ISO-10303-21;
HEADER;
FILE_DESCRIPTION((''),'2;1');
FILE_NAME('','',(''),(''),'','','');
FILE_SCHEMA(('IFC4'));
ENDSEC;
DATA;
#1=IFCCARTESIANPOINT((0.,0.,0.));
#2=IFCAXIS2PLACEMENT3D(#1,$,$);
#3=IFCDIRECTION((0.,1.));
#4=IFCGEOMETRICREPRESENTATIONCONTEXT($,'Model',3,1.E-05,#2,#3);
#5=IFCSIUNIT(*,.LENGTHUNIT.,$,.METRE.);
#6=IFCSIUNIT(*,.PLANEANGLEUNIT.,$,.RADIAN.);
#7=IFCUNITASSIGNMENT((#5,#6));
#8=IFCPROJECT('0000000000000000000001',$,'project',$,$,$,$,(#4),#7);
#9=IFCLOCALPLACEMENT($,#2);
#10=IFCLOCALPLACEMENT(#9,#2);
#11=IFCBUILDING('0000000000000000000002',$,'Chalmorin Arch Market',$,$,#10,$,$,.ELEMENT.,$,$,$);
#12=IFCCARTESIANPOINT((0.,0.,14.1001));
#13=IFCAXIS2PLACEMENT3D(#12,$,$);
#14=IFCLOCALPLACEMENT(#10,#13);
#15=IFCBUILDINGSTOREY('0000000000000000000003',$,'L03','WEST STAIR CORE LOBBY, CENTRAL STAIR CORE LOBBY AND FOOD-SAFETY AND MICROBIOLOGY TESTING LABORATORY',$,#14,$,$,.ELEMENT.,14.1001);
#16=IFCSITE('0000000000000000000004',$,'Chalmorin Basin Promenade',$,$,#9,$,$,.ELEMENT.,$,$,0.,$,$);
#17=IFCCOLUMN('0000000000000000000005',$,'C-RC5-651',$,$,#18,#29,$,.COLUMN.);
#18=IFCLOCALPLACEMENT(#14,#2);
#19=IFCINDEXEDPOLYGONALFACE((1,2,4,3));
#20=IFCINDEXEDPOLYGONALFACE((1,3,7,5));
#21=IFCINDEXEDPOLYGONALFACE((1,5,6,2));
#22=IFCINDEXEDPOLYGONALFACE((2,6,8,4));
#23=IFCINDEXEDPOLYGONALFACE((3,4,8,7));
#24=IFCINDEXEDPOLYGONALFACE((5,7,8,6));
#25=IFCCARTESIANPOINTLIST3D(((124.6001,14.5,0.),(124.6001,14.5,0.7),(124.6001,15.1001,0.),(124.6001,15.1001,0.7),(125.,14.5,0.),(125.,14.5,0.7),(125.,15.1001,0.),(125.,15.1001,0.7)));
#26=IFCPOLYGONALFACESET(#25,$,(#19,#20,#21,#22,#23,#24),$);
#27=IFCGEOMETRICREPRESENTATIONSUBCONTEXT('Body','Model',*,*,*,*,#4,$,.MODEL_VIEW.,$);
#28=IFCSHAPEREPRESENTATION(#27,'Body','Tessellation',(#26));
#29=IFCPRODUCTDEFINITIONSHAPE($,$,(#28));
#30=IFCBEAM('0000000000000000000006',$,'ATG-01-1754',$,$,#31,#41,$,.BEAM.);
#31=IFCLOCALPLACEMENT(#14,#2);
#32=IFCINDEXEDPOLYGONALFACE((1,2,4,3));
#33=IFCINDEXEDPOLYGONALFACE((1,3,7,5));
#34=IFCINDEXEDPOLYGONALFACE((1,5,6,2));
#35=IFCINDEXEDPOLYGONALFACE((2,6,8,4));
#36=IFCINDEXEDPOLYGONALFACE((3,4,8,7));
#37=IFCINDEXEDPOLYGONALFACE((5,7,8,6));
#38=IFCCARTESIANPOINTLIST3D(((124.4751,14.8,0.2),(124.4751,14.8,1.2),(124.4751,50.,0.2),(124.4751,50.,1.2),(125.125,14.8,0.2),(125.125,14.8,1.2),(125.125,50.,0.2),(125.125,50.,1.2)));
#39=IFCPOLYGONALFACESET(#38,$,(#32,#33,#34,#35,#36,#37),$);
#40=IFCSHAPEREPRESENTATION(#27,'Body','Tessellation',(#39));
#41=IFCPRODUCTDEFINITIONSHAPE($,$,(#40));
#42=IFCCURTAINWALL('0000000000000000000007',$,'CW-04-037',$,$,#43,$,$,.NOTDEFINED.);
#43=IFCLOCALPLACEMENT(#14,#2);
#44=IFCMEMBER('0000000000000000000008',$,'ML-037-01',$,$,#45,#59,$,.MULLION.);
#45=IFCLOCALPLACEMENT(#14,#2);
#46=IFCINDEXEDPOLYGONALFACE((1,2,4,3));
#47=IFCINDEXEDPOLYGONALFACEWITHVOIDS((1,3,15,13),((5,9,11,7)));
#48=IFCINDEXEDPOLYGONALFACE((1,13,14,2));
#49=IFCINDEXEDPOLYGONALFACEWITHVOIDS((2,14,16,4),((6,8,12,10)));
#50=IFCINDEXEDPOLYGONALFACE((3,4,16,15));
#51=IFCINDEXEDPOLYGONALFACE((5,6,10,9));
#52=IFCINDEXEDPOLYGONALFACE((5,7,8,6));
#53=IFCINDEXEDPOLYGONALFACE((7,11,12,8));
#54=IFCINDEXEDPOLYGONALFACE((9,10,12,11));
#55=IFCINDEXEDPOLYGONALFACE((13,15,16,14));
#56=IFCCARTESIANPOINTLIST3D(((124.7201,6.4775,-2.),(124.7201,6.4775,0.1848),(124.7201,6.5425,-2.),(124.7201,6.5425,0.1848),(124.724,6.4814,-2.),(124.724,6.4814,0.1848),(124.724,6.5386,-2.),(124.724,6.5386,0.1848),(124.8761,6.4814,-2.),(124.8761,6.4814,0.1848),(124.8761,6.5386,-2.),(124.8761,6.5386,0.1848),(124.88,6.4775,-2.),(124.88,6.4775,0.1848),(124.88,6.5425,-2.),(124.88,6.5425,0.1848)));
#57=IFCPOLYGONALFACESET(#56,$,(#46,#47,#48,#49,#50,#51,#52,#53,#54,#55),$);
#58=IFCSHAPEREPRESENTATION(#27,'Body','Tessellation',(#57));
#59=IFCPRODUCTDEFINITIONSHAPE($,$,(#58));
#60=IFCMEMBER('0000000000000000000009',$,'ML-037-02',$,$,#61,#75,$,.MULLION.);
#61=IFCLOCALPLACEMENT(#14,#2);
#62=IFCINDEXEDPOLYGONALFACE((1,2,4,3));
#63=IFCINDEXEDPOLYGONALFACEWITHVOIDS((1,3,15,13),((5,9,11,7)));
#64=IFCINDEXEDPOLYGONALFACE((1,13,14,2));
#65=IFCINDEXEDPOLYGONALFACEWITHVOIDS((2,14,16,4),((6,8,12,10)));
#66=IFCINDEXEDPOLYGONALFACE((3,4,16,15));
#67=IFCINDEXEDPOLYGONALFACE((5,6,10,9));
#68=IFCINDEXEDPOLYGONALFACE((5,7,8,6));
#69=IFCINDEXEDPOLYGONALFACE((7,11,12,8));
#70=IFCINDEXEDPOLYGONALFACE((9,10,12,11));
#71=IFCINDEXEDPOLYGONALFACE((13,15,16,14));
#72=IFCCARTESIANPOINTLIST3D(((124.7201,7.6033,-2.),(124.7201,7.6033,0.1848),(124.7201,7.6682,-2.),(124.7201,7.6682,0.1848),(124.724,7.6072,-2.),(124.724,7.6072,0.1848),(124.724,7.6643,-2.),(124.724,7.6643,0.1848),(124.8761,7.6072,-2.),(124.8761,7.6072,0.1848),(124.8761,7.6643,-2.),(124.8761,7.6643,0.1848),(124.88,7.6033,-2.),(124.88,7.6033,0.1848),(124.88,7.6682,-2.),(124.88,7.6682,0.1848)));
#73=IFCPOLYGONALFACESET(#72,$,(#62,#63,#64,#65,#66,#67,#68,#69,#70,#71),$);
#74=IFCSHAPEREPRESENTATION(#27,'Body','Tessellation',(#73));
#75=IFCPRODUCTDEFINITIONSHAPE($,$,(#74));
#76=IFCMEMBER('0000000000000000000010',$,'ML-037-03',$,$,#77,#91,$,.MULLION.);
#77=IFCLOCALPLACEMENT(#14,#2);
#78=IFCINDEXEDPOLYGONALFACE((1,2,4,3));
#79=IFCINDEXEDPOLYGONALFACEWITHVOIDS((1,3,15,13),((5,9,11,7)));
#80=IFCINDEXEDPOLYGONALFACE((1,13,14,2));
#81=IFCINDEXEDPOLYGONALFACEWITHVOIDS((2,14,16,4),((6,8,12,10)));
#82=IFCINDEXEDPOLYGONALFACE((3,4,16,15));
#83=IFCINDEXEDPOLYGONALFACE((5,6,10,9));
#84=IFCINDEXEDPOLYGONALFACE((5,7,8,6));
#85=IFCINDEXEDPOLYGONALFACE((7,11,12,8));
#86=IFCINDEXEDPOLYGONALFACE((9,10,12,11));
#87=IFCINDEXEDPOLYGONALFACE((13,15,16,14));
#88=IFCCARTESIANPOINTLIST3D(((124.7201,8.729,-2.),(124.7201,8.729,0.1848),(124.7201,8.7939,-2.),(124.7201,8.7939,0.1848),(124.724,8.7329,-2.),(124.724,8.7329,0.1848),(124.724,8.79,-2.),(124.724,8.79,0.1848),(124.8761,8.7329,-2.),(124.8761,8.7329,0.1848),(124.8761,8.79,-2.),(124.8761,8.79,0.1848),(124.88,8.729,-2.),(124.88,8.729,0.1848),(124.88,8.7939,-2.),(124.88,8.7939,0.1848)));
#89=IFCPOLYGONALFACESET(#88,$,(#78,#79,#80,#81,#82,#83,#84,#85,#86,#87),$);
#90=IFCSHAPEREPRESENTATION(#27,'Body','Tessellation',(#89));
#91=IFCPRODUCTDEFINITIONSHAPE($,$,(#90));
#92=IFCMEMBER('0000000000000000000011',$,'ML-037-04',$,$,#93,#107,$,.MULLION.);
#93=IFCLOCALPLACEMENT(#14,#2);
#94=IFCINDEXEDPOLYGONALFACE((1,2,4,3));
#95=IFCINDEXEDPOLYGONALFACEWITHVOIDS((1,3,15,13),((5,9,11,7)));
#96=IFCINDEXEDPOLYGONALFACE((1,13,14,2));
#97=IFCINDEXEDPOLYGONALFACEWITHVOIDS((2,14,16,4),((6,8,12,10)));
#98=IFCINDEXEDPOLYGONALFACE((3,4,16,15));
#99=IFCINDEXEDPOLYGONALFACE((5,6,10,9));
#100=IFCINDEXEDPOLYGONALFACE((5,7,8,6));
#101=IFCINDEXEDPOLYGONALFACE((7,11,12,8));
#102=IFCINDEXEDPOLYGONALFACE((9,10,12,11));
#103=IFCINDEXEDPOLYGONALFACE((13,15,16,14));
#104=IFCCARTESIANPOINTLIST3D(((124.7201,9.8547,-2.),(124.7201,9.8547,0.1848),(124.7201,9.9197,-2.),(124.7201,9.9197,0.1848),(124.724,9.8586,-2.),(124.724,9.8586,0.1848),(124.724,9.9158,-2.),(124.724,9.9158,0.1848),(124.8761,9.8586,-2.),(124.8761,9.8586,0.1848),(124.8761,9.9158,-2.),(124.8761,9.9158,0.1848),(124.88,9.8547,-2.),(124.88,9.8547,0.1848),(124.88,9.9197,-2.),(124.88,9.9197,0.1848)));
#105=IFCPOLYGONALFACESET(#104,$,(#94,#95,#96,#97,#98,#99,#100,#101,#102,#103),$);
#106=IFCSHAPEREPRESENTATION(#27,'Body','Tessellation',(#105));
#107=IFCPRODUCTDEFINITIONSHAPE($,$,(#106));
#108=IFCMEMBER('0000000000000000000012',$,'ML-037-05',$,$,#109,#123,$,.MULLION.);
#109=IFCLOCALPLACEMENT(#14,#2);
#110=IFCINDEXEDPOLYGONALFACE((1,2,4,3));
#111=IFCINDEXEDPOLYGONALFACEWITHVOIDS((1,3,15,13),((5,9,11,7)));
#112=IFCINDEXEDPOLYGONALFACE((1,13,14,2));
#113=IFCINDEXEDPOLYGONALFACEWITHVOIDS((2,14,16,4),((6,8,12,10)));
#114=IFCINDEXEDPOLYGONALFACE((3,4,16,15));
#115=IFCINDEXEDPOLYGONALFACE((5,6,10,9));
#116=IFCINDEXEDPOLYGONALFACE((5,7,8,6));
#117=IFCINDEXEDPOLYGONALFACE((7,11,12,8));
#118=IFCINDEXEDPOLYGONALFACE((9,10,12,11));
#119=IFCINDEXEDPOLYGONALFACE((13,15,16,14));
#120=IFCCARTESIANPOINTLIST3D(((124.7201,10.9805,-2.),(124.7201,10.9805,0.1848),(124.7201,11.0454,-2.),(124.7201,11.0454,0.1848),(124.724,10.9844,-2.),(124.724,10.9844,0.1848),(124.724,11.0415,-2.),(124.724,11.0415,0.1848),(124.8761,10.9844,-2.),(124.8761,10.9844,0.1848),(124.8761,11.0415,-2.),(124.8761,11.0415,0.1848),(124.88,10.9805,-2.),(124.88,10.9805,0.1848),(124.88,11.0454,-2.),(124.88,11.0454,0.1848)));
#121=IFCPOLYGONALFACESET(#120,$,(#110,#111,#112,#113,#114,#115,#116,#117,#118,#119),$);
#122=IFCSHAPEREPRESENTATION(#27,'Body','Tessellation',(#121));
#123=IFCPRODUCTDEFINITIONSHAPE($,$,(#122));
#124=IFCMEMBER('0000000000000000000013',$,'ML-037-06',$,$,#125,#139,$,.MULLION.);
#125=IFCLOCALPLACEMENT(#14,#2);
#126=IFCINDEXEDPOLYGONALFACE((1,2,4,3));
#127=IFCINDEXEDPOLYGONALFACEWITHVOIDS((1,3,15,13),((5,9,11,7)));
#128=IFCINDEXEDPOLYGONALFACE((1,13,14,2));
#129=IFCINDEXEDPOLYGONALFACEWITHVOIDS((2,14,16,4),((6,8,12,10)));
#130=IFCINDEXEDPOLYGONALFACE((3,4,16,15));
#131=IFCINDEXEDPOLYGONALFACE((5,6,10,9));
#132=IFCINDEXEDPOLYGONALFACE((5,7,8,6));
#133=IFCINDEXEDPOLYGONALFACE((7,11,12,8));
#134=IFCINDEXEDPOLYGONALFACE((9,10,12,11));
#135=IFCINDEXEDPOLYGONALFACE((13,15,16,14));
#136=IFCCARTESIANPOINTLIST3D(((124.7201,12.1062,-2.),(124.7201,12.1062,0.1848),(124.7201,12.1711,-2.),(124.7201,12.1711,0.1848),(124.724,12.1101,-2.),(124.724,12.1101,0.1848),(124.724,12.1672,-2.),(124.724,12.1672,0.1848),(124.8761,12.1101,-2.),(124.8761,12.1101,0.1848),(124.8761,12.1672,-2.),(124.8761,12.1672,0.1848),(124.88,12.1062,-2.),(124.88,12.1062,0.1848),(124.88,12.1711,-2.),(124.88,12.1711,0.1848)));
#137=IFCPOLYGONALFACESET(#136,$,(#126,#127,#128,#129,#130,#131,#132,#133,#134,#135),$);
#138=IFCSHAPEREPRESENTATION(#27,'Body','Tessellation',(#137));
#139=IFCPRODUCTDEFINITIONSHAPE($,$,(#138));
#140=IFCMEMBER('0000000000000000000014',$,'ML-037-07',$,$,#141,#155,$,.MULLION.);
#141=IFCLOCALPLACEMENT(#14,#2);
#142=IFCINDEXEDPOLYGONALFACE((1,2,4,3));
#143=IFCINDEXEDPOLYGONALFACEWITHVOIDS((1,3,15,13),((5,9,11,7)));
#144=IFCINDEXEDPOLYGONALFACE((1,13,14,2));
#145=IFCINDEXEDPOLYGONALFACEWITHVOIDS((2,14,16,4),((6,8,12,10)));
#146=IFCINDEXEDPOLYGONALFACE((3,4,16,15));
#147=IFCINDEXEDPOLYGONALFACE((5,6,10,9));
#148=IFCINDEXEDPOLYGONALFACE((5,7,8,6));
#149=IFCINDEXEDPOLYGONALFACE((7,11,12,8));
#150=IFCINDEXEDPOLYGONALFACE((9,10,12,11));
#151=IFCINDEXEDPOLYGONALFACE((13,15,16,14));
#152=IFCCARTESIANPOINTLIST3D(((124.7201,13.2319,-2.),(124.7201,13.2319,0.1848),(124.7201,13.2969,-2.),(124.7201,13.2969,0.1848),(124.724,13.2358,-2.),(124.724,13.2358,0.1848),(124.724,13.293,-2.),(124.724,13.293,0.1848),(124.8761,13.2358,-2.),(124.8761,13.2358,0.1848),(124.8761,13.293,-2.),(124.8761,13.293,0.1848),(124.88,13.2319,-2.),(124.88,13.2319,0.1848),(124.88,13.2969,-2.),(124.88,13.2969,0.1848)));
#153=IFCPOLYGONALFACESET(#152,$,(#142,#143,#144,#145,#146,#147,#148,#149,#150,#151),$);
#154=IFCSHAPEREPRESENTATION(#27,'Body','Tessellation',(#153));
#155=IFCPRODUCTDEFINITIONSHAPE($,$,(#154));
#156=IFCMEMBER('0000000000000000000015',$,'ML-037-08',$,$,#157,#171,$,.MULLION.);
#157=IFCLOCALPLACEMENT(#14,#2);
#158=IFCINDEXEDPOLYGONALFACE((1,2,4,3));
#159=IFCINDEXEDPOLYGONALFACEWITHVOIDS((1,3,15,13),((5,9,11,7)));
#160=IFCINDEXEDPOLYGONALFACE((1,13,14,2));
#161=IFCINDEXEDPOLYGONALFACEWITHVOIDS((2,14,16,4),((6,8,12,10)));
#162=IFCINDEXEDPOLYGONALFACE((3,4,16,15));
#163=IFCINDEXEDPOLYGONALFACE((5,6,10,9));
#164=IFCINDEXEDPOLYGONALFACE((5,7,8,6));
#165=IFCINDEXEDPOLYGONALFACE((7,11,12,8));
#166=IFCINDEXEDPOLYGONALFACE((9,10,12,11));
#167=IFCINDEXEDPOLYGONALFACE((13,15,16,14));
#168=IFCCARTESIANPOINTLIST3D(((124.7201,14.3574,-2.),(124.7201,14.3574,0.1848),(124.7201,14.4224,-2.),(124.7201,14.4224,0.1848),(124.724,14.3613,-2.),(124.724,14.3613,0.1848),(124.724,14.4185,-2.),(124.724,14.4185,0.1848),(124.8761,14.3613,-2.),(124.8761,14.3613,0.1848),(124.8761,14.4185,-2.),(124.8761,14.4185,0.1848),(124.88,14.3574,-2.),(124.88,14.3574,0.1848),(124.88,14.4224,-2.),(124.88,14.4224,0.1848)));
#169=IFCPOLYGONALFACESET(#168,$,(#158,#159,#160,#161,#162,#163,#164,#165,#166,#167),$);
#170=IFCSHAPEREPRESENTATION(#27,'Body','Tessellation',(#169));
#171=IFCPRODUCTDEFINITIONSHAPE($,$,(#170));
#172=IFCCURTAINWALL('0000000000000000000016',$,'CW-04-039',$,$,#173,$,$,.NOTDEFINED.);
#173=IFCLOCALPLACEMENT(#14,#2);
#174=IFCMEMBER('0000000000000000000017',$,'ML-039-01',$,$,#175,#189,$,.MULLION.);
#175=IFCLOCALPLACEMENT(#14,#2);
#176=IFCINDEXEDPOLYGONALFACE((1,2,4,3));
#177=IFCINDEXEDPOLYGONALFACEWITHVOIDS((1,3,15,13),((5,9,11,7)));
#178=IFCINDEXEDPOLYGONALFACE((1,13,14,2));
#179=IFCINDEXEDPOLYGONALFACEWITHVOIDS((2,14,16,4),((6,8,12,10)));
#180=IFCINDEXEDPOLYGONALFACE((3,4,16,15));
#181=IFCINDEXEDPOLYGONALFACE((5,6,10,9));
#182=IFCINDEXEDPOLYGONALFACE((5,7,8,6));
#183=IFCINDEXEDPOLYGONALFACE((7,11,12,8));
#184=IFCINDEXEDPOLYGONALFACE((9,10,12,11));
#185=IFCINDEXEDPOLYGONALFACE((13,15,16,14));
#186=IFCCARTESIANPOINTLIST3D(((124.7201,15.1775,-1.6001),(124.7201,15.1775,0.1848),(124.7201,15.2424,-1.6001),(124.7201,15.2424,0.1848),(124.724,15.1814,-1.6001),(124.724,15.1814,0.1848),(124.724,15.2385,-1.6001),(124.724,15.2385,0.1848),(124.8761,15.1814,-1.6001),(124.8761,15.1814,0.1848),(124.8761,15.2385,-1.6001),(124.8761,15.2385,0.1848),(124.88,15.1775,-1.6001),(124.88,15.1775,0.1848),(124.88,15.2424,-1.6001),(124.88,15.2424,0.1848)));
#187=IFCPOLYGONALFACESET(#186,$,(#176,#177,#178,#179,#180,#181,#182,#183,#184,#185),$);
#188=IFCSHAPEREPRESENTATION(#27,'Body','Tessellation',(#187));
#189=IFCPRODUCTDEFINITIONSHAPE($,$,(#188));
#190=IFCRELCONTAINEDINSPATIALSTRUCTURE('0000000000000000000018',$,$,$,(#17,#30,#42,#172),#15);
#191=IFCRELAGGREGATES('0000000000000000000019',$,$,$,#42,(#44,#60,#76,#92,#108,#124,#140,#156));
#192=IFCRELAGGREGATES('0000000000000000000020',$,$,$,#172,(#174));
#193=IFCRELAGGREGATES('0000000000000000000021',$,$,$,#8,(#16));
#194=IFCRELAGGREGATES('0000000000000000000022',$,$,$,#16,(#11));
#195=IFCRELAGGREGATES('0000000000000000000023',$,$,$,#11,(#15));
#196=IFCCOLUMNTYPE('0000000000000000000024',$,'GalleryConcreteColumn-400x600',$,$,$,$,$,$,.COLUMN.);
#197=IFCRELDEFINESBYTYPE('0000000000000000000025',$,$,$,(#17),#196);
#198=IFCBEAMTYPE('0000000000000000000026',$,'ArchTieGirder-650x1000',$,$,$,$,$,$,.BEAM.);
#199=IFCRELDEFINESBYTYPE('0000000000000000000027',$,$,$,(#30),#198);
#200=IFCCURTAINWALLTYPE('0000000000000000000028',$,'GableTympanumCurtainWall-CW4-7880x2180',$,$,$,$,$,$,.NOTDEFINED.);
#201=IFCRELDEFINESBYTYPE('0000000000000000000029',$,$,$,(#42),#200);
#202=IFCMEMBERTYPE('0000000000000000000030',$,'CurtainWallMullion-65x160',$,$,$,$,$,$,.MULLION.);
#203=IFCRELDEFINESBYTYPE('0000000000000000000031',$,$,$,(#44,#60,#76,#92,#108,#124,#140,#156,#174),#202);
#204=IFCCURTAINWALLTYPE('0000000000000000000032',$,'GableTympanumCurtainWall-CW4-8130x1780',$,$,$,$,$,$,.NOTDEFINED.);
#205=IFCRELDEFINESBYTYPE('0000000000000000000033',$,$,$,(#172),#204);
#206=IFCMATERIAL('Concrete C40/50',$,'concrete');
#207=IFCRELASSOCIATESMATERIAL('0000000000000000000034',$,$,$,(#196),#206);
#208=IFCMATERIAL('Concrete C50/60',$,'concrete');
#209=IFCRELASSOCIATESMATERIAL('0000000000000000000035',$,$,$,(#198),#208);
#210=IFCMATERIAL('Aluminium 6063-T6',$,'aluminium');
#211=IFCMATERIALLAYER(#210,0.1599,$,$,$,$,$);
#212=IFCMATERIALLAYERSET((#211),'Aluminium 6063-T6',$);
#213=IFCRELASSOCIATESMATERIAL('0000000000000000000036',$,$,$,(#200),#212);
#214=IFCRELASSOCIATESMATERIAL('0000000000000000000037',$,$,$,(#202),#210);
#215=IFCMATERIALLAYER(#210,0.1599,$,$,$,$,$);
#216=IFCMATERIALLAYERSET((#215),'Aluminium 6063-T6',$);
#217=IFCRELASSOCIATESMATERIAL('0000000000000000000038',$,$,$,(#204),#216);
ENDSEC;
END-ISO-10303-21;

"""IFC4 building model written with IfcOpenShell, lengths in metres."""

from ifc_helpers import new_model, si_unit, direction, frame, origin, origin_2d, place, context, subcontext, project, spatial, rectangle, hollow_rectangle, extrude, material, layer, layer_set, material_profile, profile_set, type_object, element, aggregate, save


model = new_model("IFC4")

# Units and contexts
model_context = context("Model", 3, precision=1e-05, world=origin(), true_north=direction((0.0, 1.0)))
body_context = subcontext(model_context, "Body", "Model", "MODEL_VIEW")
ifc_project = project(units=[si_unit("LENGTHUNIT", "METRE"), si_unit("PLANEANGLEUNIT", "RADIAN")], contexts=[model_context])

# Site, building, storey
site_placement = place(None, origin())
site = spatial("IfcSite", under=ifc_project, at=site_placement, Name="Chalmorin Basin Promenade", CompositionType="ELEMENT", RefElevation=0.0)
building_placement = place(site_placement, origin())
building = spatial("IfcBuilding", under=site, at=building_placement, Name="Chalmorin Arch Market", CompositionType="ELEMENT")
storey_placement = place(building_placement, frame((0.0, 0.0, 14.1001)))
storey = spatial("IfcBuildingStorey", under=building, at=storey_placement, Name="L03", Description="WEST STAIR CORE LOBBY, CENTRAL STAIR CORE LOBBY AND FOOD-SAFETY AND MICROBIOLOGY TESTING LABORATORY", CompositionType="ELEMENT", Elevation=14.1001)

# Column
ifc_material_1 = material(Name="Concrete C40/50", Category="concrete")
ifc_material_profile_1 = material_profile(ifc_material_1, rectangle(XDim=0.3999, YDim=0.6001, at=origin_2d()), Name="RC400X600")
ifc_profile_set_1 = profile_set([ifc_material_profile_1], Name="Concrete C40/50")
column_type = type_object("IfcColumnType", Name="GalleryConcreteColumn-400x600", PredefinedType="COLUMN", material=ifc_profile_set_1)
column_placement = place(storey_placement, frame((124.8, 14.8, 0.0), z_axis=(0.0, 0.0, 1.0), x_axis=(1.0, 0.0, 0.0)))
element("IfcColumn", 1, at=column_placement, inside=storey, type_object=column_type, Name="C-RC5-651", PredefinedType="COLUMN", context=body_context, shape_type="SweptSolid", body=[
    extrude(rectangle(XDim=0.3999, YDim=0.6001, at=origin_2d()), origin(), (0.0, 0.0, 1.0), 0.7),
])

# Beam
ifc_material_2 = material(Name="Concrete C50/60", Category="concrete")
ifc_material_profile_2 = material_profile(ifc_material_2, rectangle(XDim=0.6499, YDim=1.0, at=origin_2d()), Name="RC650X1000")
ifc_profile_set_2 = profile_set([ifc_material_profile_2], Name="Concrete C50/60")
beam_type = type_object("IfcBeamType", Name="ArchTieGirder-650x1000", PredefinedType="BEAM", material=ifc_profile_set_2)
beam_placement = place(storey_placement, frame((124.8, 14.8, 0.7), z_axis=(0.0, 1.0, 0.0), x_axis=(-1.0, 0.0, 0.0)))
element("IfcBeam", 2, at=beam_placement, inside=storey, type_object=beam_type, Name="ATG-01-1754", PredefinedType="BEAM", context=body_context, shape_type="SweptSolid", body=[
    extrude(rectangle(XDim=0.6499, YDim=1.0, at=origin_2d()), origin(), (0.0, 0.0, 1.0), 35.2),
])

# Curtain walls, members
ifc_material_3 = material(Name="Aluminium 6063-T6", Category="aluminium")
ifc_layer_1 = layer(ifc_material_3, 0.1599)
ifc_layer_set_1 = layer_set([ifc_layer_1], Name="Aluminium 6063-T6")
curtain_wall_type_1 = type_object("IfcCurtainWallType", Name="GableTympanumCurtainWall-CW4-7880x2180", PredefinedType="NOTDEFINED", material=ifc_layer_set_1)
curtain_wall_1_placement = place(storey_placement, origin())
curtain_wall_1 = element("IfcCurtainWall", 3, at=curtain_wall_1_placement, inside=storey, type_object=curtain_wall_type_1, Name="CW-04-037", PredefinedType="NOTDEFINED")
ifc_material_profile_3 = material_profile(ifc_material_3, hollow_rectangle(XDim=0.0649, YDim=0.1599, WallThickness=0.0039, at=origin_2d()), Name="ALU65X160X4")
ifc_profile_set_3 = profile_set([ifc_material_profile_3], Name="Aluminium 6063-T6")
member_type_1 = type_object("IfcMemberType", Name="CurtainWallMullion-65x160", PredefinedType="MULLION", material=ifc_profile_set_3)
member_1_placement = place(storey_placement, frame((124.8, 6.51, -2.0), z_axis=(0.0, 0.0, 1.0), x_axis=(0.0, 1.0, 0.0)))
member_1 = element("IfcMember", 4, at=member_1_placement, type_object=member_type_1, Name="ML-037-01", PredefinedType="MULLION", context=body_context, shape_type="SweptSolid", body=[
    extrude(hollow_rectangle(XDim=0.0649, YDim=0.1599, WallThickness=0.0039, at=origin_2d()), origin(), (0.0, 0.0, 1.0), 2.1848),
])
member_2_placement = place(storey_placement, frame((124.8, 7.6357, -2.0), z_axis=(0.0, 0.0, 1.0), x_axis=(0.0, 1.0, 0.0)))
member_2 = element("IfcMember", 5, at=member_2_placement, type_object=member_type_1, Name="ML-037-02", PredefinedType="MULLION", context=body_context, shape_type="SweptSolid", body=[
    extrude(hollow_rectangle(XDim=0.0649, YDim=0.1599, WallThickness=0.0039, at=origin_2d()), origin(), (0.0, 0.0, 1.0), 2.1848),
])
member_3_placement = place(storey_placement, frame((124.8, 8.7615, -2.0), z_axis=(0.0, 0.0, 1.0), x_axis=(0.0, 1.0, 0.0)))
member_3 = element("IfcMember", 6, at=member_3_placement, type_object=member_type_1, Name="ML-037-03", PredefinedType="MULLION", context=body_context, shape_type="SweptSolid", body=[
    extrude(hollow_rectangle(XDim=0.0649, YDim=0.1599, WallThickness=0.0039, at=origin_2d()), origin(), (0.0, 0.0, 1.0), 2.1848),
])
member_4_placement = place(storey_placement, frame((124.8, 9.8872, -2.0), z_axis=(0.0, 0.0, 1.0), x_axis=(0.0, 1.0, 0.0)))
member_4 = element("IfcMember", 7, at=member_4_placement, type_object=member_type_1, Name="ML-037-04", PredefinedType="MULLION", context=body_context, shape_type="SweptSolid", body=[
    extrude(hollow_rectangle(XDim=0.0649, YDim=0.1599, WallThickness=0.0039, at=origin_2d()), origin(), (0.0, 0.0, 1.0), 2.1848),
])
member_5_placement = place(storey_placement, frame((124.8, 11.0129, -2.0), z_axis=(0.0, 0.0, 1.0), x_axis=(0.0, 1.0, 0.0)))
member_5 = element("IfcMember", 8, at=member_5_placement, type_object=member_type_1, Name="ML-037-05", PredefinedType="MULLION", context=body_context, shape_type="SweptSolid", body=[
    extrude(hollow_rectangle(XDim=0.0649, YDim=0.1599, WallThickness=0.0039, at=origin_2d()), origin(), (0.0, 0.0, 1.0), 2.1848),
])
member_6_placement = place(storey_placement, frame((124.8, 12.1387, -2.0), z_axis=(0.0, 0.0, 1.0), x_axis=(0.0, 1.0, 0.0)))
member_6 = element("IfcMember", 9, at=member_6_placement, type_object=member_type_1, Name="ML-037-06", PredefinedType="MULLION", context=body_context, shape_type="SweptSolid", body=[
    extrude(hollow_rectangle(XDim=0.0649, YDim=0.1599, WallThickness=0.0039, at=origin_2d()), origin(), (0.0, 0.0, 1.0), 2.1848),
])
member_7_placement = place(storey_placement, frame((124.8, 13.2644, -2.0), z_axis=(0.0, 0.0, 1.0), x_axis=(0.0, 1.0, 0.0)))
member_7 = element("IfcMember", 10, at=member_7_placement, type_object=member_type_1, Name="ML-037-07", PredefinedType="MULLION", context=body_context, shape_type="SweptSolid", body=[
    extrude(hollow_rectangle(XDim=0.0649, YDim=0.1599, WallThickness=0.0039, at=origin_2d()), origin(), (0.0, 0.0, 1.0), 2.1848),
])
member_8_placement = place(storey_placement, frame((124.8, 14.3899, -2.0), z_axis=(0.0, 0.0, 1.0), x_axis=(0.0, 1.0, 0.0)))
member_8 = element("IfcMember", 11, at=member_8_placement, type_object=member_type_1, Name="ML-037-08", PredefinedType="MULLION", context=body_context, shape_type="SweptSolid", body=[
    extrude(hollow_rectangle(XDim=0.0649, YDim=0.1599, WallThickness=0.0039, at=origin_2d()), origin(), (0.0, 0.0, 1.0), 2.1848),
])
ifc_layer_2 = layer(ifc_material_3, 0.1599)
ifc_layer_set_2 = layer_set([ifc_layer_2], Name="Aluminium 6063-T6")
curtain_wall_type_2 = type_object("IfcCurtainWallType", Name="GableTympanumCurtainWall-CW4-8130x1780", PredefinedType="NOTDEFINED", material=ifc_layer_set_2)
curtain_wall_2_placement = place(storey_placement, origin())
curtain_wall_2 = element("IfcCurtainWall", 12, at=curtain_wall_2_placement, inside=storey, type_object=curtain_wall_type_2, Name="CW-04-039", PredefinedType="NOTDEFINED")
member_9_placement = place(storey_placement, frame((124.8, 15.21, -1.6001), z_axis=(0.0, 0.0, 1.0), x_axis=(0.0, 1.0, 0.0)))
member_9 = element("IfcMember", 13, at=member_9_placement, type_object=member_type_1, Name="ML-039-01", PredefinedType="MULLION", context=body_context, shape_type="SweptSolid", body=[
    extrude(hollow_rectangle(XDim=0.0649, YDim=0.1599, WallThickness=0.0039, at=origin_2d()), origin(), (0.0, 0.0, 1.0), 1.7849),
])

aggregate(curtain_wall_1, [member_1, member_2, member_3, member_4, member_5, member_6, member_7, member_8])
aggregate(curtain_wall_2, [member_9])

save(model, "model.ifc")
